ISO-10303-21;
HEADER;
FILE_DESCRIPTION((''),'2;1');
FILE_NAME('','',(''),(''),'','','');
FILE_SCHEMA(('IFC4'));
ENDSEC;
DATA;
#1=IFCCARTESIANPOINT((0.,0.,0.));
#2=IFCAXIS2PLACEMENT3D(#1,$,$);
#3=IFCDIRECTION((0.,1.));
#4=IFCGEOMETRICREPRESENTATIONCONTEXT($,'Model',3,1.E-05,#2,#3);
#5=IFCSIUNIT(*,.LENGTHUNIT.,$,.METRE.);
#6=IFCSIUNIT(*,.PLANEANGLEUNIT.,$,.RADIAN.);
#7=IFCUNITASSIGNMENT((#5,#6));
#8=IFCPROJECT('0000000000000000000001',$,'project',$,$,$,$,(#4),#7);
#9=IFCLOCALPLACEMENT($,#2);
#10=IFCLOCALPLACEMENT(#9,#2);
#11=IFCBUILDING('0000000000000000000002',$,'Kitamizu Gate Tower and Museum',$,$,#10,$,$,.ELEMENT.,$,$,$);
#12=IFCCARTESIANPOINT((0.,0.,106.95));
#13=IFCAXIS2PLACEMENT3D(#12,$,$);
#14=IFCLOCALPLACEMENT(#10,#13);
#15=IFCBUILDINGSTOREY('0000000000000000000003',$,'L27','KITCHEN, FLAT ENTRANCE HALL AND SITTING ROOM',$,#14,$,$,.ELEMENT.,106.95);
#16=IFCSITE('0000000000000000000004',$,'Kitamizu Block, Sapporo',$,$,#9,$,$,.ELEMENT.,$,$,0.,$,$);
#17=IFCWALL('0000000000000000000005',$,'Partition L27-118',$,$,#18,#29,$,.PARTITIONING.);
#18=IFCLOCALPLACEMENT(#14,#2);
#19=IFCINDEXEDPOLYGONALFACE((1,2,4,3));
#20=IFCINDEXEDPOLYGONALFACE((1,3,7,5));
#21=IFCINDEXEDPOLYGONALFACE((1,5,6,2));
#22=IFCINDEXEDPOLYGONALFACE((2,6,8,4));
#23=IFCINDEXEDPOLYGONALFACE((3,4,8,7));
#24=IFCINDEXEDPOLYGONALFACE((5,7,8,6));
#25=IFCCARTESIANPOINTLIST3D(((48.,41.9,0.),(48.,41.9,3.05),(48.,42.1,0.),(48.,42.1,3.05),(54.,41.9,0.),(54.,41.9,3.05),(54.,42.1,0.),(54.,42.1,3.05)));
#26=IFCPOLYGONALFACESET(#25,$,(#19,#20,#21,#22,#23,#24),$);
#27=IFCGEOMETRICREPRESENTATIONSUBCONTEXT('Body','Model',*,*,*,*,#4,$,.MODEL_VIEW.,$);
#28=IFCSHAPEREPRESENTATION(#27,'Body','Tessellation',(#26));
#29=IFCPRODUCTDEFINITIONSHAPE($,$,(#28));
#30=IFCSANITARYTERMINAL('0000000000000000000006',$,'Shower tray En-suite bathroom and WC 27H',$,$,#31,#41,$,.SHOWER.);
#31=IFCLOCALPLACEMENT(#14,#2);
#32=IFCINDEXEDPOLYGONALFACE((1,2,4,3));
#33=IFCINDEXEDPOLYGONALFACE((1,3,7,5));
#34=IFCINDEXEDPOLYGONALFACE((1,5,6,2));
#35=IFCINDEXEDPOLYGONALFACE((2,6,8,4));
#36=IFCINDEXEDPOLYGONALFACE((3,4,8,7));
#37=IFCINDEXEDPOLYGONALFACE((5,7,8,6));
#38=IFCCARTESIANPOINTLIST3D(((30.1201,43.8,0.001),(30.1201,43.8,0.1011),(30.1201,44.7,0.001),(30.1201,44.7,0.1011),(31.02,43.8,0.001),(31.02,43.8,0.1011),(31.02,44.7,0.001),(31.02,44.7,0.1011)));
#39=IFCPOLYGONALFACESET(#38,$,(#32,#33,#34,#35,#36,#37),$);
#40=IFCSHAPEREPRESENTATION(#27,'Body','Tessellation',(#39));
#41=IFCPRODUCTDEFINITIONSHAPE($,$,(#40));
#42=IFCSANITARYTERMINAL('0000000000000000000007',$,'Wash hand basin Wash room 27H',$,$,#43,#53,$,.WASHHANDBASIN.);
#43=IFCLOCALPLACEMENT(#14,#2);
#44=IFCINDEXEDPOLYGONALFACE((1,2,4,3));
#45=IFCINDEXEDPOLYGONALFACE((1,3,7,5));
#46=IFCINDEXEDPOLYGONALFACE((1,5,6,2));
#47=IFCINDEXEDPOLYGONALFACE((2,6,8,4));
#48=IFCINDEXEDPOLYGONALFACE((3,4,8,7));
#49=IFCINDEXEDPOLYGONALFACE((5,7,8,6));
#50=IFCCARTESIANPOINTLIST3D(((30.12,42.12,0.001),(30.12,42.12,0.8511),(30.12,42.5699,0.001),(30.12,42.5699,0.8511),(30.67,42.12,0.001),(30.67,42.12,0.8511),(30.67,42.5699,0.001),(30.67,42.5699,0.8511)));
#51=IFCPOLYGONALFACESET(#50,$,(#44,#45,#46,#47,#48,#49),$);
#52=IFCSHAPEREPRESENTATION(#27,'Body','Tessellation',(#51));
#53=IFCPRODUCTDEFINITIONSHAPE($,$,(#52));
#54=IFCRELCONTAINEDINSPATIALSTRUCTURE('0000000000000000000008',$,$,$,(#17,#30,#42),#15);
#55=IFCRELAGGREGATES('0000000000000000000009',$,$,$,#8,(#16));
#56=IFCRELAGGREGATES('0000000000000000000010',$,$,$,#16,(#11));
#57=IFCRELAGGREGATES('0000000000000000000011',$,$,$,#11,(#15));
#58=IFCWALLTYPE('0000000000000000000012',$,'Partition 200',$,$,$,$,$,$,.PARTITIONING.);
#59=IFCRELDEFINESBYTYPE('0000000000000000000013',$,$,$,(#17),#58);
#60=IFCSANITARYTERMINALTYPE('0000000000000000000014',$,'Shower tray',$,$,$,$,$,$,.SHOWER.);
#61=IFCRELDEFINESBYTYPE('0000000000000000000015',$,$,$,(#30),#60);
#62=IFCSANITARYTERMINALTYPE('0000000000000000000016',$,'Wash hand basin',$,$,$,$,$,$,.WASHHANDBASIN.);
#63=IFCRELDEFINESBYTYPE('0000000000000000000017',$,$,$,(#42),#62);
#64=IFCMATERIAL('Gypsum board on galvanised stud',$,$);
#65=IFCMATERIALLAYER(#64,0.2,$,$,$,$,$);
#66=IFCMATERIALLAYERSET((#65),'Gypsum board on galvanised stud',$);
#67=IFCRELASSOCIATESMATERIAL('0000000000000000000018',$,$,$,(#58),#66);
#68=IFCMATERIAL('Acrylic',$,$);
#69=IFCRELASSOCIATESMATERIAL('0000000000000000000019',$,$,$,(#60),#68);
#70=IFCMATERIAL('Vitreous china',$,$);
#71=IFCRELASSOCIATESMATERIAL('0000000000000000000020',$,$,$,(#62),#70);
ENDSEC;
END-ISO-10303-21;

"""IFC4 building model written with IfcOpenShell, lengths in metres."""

from ifc_helpers import new_model, si_unit, direction, frame, frame_2d, origin, origin_2d, place, context, subcontext, project, spatial, rectangle, extrude, material, layer, layer_set, type_object, element, save


model = new_model("IFC4")

# Units and contexts
model_context = context("Model", 3, precision=1e-05, world=origin(), true_north=direction((0.0, 1.0)))
body_context = subcontext(model_context, "Body", "Model", "MODEL_VIEW")
ifc_project = project(units=[si_unit("LENGTHUNIT", "METRE"), si_unit("PLANEANGLEUNIT", "RADIAN")], contexts=[model_context])

# Site, building, storey
site_placement = place(None, origin())
site = spatial("IfcSite", under=ifc_project, at=site_placement, Name="Kitamizu Block, Sapporo", CompositionType="ELEMENT", RefElevation=0.0)
building_placement = place(site_placement, origin())
building = spatial("IfcBuilding", under=site, at=building_placement, Name="Kitamizu Gate Tower and Museum", CompositionType="ELEMENT")
storey_placement = place(building_placement, frame((0.0, 0.0, 106.95)))
storey = spatial("IfcBuildingStorey", under=building, at=storey_placement, Name="L27", Description="KITCHEN, FLAT ENTRANCE HALL AND SITTING ROOM", CompositionType="ELEMENT", Elevation=106.95)

# Wall
ifc_material_1 = material(Name="Gypsum board on galvanised stud")
ifc_layer_1 = layer(ifc_material_1, 0.2)
ifc_layer_set_1 = layer_set([ifc_layer_1], Name="Gypsum board on galvanised stud")
wall_type_1 = type_object("IfcWallType", Name="Partition 200", PredefinedType="PARTITIONING", material=ifc_layer_set_1)
wall_1_placement = place(storey_placement, frame((48.0, 42.0, 0.0), z_axis=(0.0, 0.0, 1.0), x_axis=(1.0, 0.0, 0.0)))
element("IfcWall", 1, at=wall_1_placement, inside=storey, type_object=wall_type_1, Name="Partition L27-118", PredefinedType="PARTITIONING", context=body_context, shape_type="SweptSolid", body=[
    extrude(rectangle(XDim=6.0, YDim=0.2, at=frame_2d((3.0, 0.0))), origin(), (0.0, 0.0, 1.0), 3.05),
])

# Sanitary terminals
ifc_material_2 = material(Name="Acrylic")
sanitary_terminal_type_1 = type_object("IfcSanitaryTerminalType", Name="Shower tray", PredefinedType="SHOWER", material=ifc_material_2)
sanitary_terminal_1_placement = place(storey_placement, frame((30.5701, 44.25, 0.001), z_axis=(0.0, 0.0, 1.0), x_axis=(1.0, 0.0, 0.0)))
element("IfcSanitaryTerminal", 2, at=sanitary_terminal_1_placement, inside=storey, type_object=sanitary_terminal_type_1, Name="Shower tray En-suite bathroom and WC 27H", PredefinedType="SHOWER", context=body_context, shape_type="SweptSolid", body=[
    extrude(rectangle(XDim=0.8999, YDim=0.8999, at=origin_2d()), origin(), (0.0, 0.0, 1.0), 0.1001),
])
ifc_material_3 = material(Name="Vitreous china")
sanitary_terminal_type_2 = type_object("IfcSanitaryTerminalType", Name="Wash hand basin", PredefinedType="WASHHANDBASIN", material=ifc_material_3)
sanitary_terminal_2_placement = place(storey_placement, frame((30.395, 42.345, 0.001), z_axis=(0.0, 0.0, 1.0), x_axis=(1.0, 0.0, 0.0)))
element("IfcSanitaryTerminal", 3, at=sanitary_terminal_2_placement, inside=storey, type_object=sanitary_terminal_type_2, Name="Wash hand basin Wash room 27H", PredefinedType="WASHHANDBASIN", context=body_context, shape_type="SweptSolid", body=[
    extrude(rectangle(XDim=0.55, YDim=0.45, at=origin_2d()), origin(), (0.0, 0.0, 1.0), 0.8501),
])

save(model, "model.ifc")
